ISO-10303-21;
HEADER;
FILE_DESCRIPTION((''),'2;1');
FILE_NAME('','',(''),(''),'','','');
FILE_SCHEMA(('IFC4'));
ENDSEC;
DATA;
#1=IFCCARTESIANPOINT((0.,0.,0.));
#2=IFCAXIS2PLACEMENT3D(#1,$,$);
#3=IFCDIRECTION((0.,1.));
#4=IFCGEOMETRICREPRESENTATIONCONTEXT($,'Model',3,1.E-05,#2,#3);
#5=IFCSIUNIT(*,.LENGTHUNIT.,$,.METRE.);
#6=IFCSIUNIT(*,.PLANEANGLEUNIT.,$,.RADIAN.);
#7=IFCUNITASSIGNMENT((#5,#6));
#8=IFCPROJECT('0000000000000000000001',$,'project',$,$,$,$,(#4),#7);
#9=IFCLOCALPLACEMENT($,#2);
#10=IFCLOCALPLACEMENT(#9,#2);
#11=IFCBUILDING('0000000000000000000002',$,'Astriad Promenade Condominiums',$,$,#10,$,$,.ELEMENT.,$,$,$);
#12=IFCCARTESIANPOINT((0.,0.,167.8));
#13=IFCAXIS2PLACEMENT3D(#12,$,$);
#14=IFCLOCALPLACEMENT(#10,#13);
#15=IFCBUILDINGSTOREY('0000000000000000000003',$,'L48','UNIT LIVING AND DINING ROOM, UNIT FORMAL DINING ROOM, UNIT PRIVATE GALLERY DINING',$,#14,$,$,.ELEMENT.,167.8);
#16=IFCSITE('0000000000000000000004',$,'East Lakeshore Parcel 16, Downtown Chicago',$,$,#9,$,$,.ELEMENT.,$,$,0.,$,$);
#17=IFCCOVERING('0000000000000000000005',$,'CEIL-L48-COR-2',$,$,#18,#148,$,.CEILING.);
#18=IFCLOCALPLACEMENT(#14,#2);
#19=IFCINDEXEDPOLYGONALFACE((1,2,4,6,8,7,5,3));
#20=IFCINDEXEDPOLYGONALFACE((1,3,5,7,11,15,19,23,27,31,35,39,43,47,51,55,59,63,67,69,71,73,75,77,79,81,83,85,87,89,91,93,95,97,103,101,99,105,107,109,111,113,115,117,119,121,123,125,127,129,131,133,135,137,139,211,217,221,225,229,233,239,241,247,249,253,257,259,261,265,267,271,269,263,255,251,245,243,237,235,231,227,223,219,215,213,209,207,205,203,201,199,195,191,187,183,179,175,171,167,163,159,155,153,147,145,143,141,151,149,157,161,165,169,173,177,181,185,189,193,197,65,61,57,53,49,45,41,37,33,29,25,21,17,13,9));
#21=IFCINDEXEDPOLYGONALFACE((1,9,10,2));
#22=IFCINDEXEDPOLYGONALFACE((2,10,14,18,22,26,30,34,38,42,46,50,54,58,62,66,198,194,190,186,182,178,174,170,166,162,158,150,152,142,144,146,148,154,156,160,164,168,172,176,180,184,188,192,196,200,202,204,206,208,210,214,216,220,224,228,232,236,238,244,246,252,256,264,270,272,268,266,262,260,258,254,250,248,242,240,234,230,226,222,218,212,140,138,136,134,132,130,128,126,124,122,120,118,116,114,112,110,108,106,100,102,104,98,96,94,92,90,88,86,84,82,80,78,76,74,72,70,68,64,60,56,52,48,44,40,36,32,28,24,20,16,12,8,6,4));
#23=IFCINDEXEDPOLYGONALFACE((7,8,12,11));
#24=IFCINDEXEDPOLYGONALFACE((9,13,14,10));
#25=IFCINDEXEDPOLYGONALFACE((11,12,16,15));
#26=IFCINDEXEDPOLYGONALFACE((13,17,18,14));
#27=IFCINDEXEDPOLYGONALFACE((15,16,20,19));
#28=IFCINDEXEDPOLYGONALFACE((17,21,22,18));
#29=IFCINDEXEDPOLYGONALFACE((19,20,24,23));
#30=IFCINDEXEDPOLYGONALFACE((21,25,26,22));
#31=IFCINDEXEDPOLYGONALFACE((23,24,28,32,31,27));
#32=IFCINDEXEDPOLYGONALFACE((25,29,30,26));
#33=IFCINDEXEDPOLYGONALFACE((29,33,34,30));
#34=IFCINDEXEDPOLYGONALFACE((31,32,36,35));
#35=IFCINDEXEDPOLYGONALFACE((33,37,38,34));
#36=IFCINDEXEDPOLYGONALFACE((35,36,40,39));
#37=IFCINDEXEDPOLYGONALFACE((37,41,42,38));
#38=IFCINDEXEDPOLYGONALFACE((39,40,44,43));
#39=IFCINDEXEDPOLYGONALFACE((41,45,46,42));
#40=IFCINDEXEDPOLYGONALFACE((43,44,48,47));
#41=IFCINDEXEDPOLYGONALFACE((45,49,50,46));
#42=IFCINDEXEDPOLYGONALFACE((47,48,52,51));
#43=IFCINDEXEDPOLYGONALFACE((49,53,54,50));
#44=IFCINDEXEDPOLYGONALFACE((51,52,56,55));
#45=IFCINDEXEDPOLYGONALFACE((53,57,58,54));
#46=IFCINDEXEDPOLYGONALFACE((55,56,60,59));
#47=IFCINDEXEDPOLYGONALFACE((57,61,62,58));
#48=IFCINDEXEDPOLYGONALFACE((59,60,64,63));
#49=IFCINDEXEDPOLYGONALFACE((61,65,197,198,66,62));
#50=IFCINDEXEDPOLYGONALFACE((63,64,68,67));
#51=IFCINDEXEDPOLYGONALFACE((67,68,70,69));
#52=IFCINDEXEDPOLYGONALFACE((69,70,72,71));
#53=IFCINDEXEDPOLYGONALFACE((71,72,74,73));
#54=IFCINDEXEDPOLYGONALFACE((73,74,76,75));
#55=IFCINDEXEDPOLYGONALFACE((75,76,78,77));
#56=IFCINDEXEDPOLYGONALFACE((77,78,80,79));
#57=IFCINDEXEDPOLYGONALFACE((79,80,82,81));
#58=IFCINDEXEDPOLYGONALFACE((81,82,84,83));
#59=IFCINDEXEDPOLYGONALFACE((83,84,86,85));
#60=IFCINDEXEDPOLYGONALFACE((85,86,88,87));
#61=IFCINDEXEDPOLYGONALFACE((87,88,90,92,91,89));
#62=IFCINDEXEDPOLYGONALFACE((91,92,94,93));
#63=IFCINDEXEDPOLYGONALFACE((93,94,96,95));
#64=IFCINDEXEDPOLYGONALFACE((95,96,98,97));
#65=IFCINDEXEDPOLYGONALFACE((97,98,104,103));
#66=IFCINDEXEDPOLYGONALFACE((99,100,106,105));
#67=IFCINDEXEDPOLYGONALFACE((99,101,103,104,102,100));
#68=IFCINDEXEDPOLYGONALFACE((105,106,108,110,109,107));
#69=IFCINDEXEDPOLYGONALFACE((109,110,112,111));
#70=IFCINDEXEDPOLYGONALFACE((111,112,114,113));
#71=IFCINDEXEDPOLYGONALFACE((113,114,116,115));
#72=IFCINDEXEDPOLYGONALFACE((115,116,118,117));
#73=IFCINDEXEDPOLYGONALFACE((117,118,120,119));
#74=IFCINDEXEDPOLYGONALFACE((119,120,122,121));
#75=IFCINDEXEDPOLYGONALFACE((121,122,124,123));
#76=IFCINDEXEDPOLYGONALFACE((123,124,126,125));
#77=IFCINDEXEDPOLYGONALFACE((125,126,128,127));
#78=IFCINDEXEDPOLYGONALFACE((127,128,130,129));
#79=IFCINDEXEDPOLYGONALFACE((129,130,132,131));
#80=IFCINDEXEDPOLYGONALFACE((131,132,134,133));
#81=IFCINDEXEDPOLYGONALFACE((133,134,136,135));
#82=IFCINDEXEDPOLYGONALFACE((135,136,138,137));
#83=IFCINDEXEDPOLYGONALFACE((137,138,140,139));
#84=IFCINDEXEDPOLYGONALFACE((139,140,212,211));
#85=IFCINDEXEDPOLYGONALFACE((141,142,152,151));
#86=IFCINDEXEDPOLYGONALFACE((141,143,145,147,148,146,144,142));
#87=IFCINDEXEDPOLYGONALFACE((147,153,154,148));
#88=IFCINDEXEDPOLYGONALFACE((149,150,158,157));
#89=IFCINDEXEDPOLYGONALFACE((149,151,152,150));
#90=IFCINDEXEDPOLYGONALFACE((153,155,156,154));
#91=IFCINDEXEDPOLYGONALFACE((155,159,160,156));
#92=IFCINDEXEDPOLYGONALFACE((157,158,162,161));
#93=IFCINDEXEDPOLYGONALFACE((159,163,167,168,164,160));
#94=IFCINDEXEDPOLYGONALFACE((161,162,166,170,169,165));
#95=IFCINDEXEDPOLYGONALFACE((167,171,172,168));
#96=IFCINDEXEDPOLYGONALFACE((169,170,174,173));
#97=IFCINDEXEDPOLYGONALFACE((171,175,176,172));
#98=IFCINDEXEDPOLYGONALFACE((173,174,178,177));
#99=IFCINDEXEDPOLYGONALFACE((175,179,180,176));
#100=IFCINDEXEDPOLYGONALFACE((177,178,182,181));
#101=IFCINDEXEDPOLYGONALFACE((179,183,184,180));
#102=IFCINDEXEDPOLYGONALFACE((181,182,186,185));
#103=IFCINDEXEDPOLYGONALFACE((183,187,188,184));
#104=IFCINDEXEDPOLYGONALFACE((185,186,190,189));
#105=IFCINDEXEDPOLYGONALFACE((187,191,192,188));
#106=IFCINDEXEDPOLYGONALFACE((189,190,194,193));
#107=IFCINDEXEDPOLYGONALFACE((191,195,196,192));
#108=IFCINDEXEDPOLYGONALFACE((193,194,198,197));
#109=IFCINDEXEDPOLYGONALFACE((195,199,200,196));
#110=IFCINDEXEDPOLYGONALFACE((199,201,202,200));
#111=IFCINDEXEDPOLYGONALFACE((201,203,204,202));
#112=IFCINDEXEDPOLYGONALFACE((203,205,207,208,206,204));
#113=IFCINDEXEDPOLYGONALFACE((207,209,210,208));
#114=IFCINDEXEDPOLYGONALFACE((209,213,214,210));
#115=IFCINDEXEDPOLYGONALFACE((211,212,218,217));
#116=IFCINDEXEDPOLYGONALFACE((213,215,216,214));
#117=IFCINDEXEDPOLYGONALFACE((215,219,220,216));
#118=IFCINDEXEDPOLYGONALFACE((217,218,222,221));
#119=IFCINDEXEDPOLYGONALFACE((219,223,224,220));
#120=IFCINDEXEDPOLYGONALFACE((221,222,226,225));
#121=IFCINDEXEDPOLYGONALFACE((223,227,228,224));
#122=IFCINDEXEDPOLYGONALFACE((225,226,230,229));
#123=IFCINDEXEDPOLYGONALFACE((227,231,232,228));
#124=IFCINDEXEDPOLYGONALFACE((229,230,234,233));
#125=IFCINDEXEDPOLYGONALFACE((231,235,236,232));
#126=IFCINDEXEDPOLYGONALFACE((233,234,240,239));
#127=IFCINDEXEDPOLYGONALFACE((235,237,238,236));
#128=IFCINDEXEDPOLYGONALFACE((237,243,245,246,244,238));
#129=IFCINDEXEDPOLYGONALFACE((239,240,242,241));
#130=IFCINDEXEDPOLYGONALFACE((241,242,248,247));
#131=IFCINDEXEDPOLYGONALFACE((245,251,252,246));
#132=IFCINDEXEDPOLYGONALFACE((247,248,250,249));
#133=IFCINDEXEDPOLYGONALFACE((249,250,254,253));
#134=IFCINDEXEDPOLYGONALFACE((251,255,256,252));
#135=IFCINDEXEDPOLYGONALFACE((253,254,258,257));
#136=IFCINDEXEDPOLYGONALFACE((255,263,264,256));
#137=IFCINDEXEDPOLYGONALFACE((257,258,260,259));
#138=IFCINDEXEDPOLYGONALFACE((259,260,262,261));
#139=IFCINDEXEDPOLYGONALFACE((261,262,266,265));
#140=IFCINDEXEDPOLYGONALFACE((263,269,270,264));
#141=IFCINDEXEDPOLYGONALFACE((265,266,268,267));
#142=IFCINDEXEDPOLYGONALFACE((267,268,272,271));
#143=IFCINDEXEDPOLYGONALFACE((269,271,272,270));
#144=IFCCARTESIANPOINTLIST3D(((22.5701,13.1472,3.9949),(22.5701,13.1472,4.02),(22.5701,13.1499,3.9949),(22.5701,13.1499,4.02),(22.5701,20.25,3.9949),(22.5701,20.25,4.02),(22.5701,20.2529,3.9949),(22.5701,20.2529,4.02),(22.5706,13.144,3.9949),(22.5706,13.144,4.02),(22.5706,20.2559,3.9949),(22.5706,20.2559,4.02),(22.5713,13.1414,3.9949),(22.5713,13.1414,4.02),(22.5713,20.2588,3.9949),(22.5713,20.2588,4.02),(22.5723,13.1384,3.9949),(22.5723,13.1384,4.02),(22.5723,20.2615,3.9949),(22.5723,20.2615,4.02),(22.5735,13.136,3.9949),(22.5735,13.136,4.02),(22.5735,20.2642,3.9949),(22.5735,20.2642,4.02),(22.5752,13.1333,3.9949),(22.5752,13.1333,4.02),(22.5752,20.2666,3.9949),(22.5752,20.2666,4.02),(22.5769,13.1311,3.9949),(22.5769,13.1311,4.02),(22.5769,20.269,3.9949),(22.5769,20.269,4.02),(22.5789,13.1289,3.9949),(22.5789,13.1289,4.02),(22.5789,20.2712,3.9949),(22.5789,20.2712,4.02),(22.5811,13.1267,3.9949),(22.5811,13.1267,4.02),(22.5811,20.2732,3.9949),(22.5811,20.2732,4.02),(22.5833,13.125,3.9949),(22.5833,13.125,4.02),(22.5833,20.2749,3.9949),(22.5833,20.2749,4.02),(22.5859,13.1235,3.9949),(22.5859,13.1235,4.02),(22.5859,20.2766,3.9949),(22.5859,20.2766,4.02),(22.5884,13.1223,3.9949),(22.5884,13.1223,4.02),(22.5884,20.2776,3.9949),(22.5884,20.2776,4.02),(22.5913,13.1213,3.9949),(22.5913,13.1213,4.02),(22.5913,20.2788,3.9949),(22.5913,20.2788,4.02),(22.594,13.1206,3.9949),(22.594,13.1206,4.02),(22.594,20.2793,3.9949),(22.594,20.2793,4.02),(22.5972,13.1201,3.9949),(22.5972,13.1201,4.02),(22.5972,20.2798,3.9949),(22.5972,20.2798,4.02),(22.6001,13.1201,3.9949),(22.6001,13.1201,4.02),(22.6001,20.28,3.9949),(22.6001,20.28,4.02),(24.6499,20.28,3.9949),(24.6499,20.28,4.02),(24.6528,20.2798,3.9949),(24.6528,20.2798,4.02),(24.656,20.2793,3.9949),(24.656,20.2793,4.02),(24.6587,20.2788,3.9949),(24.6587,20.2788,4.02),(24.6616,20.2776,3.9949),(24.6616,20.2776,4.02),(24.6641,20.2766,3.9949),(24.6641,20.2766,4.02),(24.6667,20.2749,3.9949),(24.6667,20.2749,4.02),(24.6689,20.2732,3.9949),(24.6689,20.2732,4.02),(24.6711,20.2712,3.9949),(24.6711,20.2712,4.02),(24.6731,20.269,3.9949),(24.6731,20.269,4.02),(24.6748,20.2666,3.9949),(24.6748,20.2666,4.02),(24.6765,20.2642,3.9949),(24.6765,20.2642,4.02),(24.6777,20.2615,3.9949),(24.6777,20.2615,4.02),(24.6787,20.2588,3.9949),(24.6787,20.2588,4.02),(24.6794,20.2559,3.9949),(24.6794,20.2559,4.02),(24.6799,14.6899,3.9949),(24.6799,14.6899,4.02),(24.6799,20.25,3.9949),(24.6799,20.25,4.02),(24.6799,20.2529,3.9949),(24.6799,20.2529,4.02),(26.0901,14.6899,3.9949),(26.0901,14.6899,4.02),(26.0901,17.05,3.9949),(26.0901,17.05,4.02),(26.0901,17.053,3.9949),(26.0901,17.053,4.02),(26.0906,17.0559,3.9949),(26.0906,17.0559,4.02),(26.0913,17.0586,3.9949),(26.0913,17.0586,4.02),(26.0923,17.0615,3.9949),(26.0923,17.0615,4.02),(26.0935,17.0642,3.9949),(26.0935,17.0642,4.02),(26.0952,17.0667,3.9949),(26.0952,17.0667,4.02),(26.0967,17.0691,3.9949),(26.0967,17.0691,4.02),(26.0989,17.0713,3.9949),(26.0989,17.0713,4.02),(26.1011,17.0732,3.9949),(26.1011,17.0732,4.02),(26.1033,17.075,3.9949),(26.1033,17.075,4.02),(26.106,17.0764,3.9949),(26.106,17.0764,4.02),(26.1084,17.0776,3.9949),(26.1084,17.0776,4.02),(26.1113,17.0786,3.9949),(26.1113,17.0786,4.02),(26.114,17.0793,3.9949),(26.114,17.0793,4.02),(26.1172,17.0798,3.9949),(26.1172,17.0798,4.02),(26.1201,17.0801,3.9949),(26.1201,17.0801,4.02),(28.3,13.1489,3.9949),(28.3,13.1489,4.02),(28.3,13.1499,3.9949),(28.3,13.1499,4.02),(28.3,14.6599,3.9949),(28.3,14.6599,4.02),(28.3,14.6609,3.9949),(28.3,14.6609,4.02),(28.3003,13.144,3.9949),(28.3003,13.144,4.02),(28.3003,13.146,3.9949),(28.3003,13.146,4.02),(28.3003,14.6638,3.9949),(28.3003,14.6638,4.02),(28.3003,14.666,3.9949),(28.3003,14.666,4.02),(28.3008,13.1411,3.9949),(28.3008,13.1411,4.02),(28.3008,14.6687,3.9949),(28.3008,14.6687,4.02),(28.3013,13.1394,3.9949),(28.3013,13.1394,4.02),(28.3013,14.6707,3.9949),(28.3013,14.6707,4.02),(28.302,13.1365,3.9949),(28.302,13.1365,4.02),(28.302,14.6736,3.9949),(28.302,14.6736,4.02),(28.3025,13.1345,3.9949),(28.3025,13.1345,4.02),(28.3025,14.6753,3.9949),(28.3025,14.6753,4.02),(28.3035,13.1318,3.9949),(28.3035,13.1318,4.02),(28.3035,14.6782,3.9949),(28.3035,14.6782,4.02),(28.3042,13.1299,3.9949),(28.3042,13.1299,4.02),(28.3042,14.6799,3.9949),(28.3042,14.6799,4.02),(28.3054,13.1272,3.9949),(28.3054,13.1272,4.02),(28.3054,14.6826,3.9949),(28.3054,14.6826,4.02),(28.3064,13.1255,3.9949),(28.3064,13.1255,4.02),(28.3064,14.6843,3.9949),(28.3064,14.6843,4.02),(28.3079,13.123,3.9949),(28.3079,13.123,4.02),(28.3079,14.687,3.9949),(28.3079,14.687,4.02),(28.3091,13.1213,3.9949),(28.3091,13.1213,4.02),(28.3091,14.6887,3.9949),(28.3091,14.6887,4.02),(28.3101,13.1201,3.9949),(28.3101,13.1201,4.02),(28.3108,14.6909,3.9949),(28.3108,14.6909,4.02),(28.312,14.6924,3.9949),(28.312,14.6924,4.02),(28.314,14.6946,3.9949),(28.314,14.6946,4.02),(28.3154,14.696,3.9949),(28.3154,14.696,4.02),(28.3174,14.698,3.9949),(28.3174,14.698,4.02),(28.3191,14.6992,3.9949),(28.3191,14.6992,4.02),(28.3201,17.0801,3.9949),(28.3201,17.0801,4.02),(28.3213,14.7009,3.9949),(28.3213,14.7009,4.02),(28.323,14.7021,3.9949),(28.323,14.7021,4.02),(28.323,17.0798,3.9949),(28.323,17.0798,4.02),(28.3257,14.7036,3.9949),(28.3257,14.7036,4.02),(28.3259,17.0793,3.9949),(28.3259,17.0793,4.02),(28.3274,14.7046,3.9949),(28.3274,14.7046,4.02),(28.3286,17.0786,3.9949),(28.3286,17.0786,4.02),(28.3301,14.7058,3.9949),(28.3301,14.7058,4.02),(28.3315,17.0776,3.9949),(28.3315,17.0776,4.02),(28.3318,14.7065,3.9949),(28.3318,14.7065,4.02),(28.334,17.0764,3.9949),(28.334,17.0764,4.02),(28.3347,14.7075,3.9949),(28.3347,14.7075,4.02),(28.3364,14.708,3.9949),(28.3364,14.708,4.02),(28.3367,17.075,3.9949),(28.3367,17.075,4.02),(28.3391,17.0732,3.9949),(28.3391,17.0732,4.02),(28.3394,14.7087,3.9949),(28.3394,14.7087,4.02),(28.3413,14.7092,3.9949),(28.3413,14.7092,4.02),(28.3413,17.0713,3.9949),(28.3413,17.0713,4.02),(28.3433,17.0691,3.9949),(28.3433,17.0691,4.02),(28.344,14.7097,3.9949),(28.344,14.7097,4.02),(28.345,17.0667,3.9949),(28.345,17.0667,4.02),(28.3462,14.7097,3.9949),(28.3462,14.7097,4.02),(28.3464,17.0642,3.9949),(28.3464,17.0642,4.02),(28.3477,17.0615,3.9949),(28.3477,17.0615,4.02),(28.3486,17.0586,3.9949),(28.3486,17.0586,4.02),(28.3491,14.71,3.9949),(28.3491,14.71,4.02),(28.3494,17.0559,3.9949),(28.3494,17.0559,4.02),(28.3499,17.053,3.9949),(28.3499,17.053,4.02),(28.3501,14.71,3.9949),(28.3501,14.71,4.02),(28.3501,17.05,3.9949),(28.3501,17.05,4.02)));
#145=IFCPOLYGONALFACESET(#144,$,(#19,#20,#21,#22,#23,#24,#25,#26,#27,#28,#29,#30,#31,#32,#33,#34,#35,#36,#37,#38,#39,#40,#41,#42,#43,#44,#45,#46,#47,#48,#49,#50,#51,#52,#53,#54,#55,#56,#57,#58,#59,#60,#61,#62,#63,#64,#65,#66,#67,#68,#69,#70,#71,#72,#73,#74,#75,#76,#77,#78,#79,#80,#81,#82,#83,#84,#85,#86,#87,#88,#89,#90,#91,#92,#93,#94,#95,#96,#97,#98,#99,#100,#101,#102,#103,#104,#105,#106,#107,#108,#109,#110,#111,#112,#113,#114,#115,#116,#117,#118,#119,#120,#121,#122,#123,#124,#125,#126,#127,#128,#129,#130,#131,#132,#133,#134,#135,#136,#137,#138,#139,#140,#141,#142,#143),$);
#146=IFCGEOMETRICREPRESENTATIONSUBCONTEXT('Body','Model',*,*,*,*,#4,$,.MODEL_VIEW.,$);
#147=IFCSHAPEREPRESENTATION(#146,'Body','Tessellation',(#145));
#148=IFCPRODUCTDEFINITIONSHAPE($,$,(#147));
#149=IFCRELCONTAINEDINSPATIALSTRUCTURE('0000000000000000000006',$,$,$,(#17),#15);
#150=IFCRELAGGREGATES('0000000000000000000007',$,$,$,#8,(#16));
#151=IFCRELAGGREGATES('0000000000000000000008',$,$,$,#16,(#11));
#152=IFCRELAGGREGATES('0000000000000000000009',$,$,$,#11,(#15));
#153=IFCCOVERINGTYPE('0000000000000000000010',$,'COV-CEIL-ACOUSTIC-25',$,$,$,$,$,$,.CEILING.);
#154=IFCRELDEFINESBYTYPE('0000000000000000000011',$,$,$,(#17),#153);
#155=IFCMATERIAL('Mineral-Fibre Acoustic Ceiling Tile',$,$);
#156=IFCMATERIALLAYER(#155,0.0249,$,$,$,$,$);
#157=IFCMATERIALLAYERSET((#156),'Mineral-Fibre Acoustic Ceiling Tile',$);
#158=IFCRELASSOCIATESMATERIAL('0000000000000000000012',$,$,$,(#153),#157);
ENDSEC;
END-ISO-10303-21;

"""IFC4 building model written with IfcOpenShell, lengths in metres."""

from ifc_helpers import new_model, si_unit, direction, frame, origin, place, context, subcontext, project, spatial, polyline, outline, extrude, material, layer, layer_set, type_object, element, save


model = new_model("IFC4")

# Units and contexts
model_context = context("Model", 3, precision=1e-05, world=origin(), true_north=direction((0.0, 1.0)))
body_context = subcontext(model_context, "Body", "Model", "MODEL_VIEW")
ifc_project = project(units=[si_unit("LENGTHUNIT", "METRE"), si_unit("PLANEANGLEUNIT", "RADIAN")], contexts=[model_context])

# Site, building, storey
site_placement = place(None, origin())
site = spatial("IfcSite", under=ifc_project, at=site_placement, Name="East Lakeshore Parcel 16, Downtown Chicago", CompositionType="ELEMENT", RefElevation=0.0)
building_placement = place(site_placement, origin())
building = spatial("IfcBuilding", under=site, at=building_placement, Name="Astriad Promenade Condominiums", CompositionType="ELEMENT")
storey_placement = place(building_placement, frame((0.0, 0.0, 167.8)))
storey = spatial("IfcBuildingStorey", under=building, at=storey_placement, Name="L48", Description="UNIT LIVING AND DINING ROOM, UNIT FORMAL DINING ROOM, UNIT PRIVATE GALLERY DINING", CompositionType="ELEMENT", Elevation=167.8)

# Covering
ifc_material_1 = material(Name="Mineral-Fibre Acoustic Ceiling Tile")
ifc_layer_1 = layer(ifc_material_1, 0.0249)
ifc_layer_set_1 = layer_set([ifc_layer_1], Name="Mineral-Fibre Acoustic Ceiling Tile")
covering_type_1 = type_object("IfcCoveringType", Name="COV-CEIL-ACOUSTIC-25", PredefinedType="CEILING", material=ifc_layer_set_1)
covering_1_placement = place(storey_placement, frame((0.0, 0.0, 3.9949)))
element("IfcCovering", 1, at=covering_1_placement, inside=storey, type_object=covering_type_1, Name="CEIL-L48-COR-2", PredefinedType="CEILING", context=body_context, shape_type="SweptSolid", body=[
    extrude(outline(polyline([(22.5972, 13.1201), (22.594, 13.1206), (22.5913, 13.1213), (22.5884, 13.1223), (22.5859, 13.1235), (22.5833, 13.125), (22.5811, 13.1267), (22.5789, 13.1289), (22.5769, 13.1311), (22.5752, 13.1333), (22.5735, 13.136), (22.5723, 13.1384), (22.5713, 13.1414), (22.5706, 13.144), (22.5701, 13.1472), (22.5701, 13.1499), (22.5701, 20.25), (22.5701, 20.2529), (22.5706, 20.2559), (22.5713, 20.2588), (22.5723, 20.2615), (22.5735, 20.2642), (22.5752, 20.2666), (22.5769, 20.269), (22.5789, 20.2712), (22.5811, 20.2732), (22.5833, 20.2749), (22.5859, 20.2766), (22.5884, 20.2776), (22.5913, 20.2788), (22.594, 20.2793), (22.5972, 20.2798), (22.6001, 20.28), (24.6499, 20.28), (24.6528, 20.2798), (24.656, 20.2793), (24.6587, 20.2788), (24.6616, 20.2776), (24.6641, 20.2766), (24.6667, 20.2749), (24.6689, 20.2732), (24.6711, 20.2712), (24.6731, 20.269), (24.6748, 20.2666), (24.6765, 20.2642), (24.6777, 20.2615), (24.6787, 20.2588), (24.6794, 20.2559), (24.6799, 20.2529), (24.6799, 20.25), (24.6799, 14.6899), (26.0901, 14.6899), (26.0901, 17.05), (26.0901, 17.053), (26.0906, 17.0559), (26.0913, 17.0586), (26.0923, 17.0615), (26.0935, 17.0642), (26.0952, 17.0667), (26.0967, 17.0691), (26.0989, 17.0713), (26.1011, 17.0732), (26.1033, 17.075), (26.106, 17.0764), (26.1084, 17.0776), (26.1113, 17.0786), (26.114, 17.0793), (26.1172, 17.0798), (26.1201, 17.0801), (28.3201, 17.0801), (28.323, 17.0798), (28.3259, 17.0793), (28.3286, 17.0786), (28.3315, 17.0776), (28.334, 17.0764), (28.3367, 17.075), (28.3391, 17.0732), (28.3413, 17.0713), (28.3433, 17.0691), (28.345, 17.0667), (28.3464, 17.0642), (28.3477, 17.0615), (28.3486, 17.0586), (28.3494, 17.0559), (28.3499, 17.053), (28.3501, 17.05), (28.3501, 14.71), (28.3491, 14.71), (28.3462, 14.7097), (28.344, 14.7097), (28.3413, 14.7092), (28.3394, 14.7087), (28.3364, 14.708), (28.3347, 14.7075), (28.3318, 14.7065), (28.3301, 14.7058), (28.3274, 14.7046), (28.3257, 14.7036), (28.323, 14.7021), (28.3213, 14.7009), (28.3191, 14.6992), (28.3174, 14.698), (28.3154, 14.696), (28.314, 14.6946), (28.312, 14.6924), (28.3108, 14.6909), (28.3091, 14.6887), (28.3079, 14.687), (28.3064, 14.6843), (28.3054, 14.6826), (28.3042, 14.6799), (28.3035, 14.6782), (28.3025, 14.6753), (28.302, 14.6736), (28.3013, 14.6707), (28.3008, 14.6687), (28.3003, 14.666), (28.3003, 14.6638), (28.3, 14.6609), (28.3, 14.6599), (28.3, 13.1499), (28.3, 13.1489), (28.3003, 13.146), (28.3003, 13.144), (28.3008, 13.1411), (28.3013, 13.1394), (28.302, 13.1365), (28.3025, 13.1345), (28.3035, 13.1318), (28.3042, 13.1299), (28.3054, 13.1272), (28.3064, 13.1255), (28.3079, 13.123), (28.3091, 13.1213), (28.3101, 13.1201), (22.6001, 13.1201), (22.5972, 13.1201)])), origin(), (0.0, 0.0, 1.0), 0.0251),
])

save(model, "model.ifc")
